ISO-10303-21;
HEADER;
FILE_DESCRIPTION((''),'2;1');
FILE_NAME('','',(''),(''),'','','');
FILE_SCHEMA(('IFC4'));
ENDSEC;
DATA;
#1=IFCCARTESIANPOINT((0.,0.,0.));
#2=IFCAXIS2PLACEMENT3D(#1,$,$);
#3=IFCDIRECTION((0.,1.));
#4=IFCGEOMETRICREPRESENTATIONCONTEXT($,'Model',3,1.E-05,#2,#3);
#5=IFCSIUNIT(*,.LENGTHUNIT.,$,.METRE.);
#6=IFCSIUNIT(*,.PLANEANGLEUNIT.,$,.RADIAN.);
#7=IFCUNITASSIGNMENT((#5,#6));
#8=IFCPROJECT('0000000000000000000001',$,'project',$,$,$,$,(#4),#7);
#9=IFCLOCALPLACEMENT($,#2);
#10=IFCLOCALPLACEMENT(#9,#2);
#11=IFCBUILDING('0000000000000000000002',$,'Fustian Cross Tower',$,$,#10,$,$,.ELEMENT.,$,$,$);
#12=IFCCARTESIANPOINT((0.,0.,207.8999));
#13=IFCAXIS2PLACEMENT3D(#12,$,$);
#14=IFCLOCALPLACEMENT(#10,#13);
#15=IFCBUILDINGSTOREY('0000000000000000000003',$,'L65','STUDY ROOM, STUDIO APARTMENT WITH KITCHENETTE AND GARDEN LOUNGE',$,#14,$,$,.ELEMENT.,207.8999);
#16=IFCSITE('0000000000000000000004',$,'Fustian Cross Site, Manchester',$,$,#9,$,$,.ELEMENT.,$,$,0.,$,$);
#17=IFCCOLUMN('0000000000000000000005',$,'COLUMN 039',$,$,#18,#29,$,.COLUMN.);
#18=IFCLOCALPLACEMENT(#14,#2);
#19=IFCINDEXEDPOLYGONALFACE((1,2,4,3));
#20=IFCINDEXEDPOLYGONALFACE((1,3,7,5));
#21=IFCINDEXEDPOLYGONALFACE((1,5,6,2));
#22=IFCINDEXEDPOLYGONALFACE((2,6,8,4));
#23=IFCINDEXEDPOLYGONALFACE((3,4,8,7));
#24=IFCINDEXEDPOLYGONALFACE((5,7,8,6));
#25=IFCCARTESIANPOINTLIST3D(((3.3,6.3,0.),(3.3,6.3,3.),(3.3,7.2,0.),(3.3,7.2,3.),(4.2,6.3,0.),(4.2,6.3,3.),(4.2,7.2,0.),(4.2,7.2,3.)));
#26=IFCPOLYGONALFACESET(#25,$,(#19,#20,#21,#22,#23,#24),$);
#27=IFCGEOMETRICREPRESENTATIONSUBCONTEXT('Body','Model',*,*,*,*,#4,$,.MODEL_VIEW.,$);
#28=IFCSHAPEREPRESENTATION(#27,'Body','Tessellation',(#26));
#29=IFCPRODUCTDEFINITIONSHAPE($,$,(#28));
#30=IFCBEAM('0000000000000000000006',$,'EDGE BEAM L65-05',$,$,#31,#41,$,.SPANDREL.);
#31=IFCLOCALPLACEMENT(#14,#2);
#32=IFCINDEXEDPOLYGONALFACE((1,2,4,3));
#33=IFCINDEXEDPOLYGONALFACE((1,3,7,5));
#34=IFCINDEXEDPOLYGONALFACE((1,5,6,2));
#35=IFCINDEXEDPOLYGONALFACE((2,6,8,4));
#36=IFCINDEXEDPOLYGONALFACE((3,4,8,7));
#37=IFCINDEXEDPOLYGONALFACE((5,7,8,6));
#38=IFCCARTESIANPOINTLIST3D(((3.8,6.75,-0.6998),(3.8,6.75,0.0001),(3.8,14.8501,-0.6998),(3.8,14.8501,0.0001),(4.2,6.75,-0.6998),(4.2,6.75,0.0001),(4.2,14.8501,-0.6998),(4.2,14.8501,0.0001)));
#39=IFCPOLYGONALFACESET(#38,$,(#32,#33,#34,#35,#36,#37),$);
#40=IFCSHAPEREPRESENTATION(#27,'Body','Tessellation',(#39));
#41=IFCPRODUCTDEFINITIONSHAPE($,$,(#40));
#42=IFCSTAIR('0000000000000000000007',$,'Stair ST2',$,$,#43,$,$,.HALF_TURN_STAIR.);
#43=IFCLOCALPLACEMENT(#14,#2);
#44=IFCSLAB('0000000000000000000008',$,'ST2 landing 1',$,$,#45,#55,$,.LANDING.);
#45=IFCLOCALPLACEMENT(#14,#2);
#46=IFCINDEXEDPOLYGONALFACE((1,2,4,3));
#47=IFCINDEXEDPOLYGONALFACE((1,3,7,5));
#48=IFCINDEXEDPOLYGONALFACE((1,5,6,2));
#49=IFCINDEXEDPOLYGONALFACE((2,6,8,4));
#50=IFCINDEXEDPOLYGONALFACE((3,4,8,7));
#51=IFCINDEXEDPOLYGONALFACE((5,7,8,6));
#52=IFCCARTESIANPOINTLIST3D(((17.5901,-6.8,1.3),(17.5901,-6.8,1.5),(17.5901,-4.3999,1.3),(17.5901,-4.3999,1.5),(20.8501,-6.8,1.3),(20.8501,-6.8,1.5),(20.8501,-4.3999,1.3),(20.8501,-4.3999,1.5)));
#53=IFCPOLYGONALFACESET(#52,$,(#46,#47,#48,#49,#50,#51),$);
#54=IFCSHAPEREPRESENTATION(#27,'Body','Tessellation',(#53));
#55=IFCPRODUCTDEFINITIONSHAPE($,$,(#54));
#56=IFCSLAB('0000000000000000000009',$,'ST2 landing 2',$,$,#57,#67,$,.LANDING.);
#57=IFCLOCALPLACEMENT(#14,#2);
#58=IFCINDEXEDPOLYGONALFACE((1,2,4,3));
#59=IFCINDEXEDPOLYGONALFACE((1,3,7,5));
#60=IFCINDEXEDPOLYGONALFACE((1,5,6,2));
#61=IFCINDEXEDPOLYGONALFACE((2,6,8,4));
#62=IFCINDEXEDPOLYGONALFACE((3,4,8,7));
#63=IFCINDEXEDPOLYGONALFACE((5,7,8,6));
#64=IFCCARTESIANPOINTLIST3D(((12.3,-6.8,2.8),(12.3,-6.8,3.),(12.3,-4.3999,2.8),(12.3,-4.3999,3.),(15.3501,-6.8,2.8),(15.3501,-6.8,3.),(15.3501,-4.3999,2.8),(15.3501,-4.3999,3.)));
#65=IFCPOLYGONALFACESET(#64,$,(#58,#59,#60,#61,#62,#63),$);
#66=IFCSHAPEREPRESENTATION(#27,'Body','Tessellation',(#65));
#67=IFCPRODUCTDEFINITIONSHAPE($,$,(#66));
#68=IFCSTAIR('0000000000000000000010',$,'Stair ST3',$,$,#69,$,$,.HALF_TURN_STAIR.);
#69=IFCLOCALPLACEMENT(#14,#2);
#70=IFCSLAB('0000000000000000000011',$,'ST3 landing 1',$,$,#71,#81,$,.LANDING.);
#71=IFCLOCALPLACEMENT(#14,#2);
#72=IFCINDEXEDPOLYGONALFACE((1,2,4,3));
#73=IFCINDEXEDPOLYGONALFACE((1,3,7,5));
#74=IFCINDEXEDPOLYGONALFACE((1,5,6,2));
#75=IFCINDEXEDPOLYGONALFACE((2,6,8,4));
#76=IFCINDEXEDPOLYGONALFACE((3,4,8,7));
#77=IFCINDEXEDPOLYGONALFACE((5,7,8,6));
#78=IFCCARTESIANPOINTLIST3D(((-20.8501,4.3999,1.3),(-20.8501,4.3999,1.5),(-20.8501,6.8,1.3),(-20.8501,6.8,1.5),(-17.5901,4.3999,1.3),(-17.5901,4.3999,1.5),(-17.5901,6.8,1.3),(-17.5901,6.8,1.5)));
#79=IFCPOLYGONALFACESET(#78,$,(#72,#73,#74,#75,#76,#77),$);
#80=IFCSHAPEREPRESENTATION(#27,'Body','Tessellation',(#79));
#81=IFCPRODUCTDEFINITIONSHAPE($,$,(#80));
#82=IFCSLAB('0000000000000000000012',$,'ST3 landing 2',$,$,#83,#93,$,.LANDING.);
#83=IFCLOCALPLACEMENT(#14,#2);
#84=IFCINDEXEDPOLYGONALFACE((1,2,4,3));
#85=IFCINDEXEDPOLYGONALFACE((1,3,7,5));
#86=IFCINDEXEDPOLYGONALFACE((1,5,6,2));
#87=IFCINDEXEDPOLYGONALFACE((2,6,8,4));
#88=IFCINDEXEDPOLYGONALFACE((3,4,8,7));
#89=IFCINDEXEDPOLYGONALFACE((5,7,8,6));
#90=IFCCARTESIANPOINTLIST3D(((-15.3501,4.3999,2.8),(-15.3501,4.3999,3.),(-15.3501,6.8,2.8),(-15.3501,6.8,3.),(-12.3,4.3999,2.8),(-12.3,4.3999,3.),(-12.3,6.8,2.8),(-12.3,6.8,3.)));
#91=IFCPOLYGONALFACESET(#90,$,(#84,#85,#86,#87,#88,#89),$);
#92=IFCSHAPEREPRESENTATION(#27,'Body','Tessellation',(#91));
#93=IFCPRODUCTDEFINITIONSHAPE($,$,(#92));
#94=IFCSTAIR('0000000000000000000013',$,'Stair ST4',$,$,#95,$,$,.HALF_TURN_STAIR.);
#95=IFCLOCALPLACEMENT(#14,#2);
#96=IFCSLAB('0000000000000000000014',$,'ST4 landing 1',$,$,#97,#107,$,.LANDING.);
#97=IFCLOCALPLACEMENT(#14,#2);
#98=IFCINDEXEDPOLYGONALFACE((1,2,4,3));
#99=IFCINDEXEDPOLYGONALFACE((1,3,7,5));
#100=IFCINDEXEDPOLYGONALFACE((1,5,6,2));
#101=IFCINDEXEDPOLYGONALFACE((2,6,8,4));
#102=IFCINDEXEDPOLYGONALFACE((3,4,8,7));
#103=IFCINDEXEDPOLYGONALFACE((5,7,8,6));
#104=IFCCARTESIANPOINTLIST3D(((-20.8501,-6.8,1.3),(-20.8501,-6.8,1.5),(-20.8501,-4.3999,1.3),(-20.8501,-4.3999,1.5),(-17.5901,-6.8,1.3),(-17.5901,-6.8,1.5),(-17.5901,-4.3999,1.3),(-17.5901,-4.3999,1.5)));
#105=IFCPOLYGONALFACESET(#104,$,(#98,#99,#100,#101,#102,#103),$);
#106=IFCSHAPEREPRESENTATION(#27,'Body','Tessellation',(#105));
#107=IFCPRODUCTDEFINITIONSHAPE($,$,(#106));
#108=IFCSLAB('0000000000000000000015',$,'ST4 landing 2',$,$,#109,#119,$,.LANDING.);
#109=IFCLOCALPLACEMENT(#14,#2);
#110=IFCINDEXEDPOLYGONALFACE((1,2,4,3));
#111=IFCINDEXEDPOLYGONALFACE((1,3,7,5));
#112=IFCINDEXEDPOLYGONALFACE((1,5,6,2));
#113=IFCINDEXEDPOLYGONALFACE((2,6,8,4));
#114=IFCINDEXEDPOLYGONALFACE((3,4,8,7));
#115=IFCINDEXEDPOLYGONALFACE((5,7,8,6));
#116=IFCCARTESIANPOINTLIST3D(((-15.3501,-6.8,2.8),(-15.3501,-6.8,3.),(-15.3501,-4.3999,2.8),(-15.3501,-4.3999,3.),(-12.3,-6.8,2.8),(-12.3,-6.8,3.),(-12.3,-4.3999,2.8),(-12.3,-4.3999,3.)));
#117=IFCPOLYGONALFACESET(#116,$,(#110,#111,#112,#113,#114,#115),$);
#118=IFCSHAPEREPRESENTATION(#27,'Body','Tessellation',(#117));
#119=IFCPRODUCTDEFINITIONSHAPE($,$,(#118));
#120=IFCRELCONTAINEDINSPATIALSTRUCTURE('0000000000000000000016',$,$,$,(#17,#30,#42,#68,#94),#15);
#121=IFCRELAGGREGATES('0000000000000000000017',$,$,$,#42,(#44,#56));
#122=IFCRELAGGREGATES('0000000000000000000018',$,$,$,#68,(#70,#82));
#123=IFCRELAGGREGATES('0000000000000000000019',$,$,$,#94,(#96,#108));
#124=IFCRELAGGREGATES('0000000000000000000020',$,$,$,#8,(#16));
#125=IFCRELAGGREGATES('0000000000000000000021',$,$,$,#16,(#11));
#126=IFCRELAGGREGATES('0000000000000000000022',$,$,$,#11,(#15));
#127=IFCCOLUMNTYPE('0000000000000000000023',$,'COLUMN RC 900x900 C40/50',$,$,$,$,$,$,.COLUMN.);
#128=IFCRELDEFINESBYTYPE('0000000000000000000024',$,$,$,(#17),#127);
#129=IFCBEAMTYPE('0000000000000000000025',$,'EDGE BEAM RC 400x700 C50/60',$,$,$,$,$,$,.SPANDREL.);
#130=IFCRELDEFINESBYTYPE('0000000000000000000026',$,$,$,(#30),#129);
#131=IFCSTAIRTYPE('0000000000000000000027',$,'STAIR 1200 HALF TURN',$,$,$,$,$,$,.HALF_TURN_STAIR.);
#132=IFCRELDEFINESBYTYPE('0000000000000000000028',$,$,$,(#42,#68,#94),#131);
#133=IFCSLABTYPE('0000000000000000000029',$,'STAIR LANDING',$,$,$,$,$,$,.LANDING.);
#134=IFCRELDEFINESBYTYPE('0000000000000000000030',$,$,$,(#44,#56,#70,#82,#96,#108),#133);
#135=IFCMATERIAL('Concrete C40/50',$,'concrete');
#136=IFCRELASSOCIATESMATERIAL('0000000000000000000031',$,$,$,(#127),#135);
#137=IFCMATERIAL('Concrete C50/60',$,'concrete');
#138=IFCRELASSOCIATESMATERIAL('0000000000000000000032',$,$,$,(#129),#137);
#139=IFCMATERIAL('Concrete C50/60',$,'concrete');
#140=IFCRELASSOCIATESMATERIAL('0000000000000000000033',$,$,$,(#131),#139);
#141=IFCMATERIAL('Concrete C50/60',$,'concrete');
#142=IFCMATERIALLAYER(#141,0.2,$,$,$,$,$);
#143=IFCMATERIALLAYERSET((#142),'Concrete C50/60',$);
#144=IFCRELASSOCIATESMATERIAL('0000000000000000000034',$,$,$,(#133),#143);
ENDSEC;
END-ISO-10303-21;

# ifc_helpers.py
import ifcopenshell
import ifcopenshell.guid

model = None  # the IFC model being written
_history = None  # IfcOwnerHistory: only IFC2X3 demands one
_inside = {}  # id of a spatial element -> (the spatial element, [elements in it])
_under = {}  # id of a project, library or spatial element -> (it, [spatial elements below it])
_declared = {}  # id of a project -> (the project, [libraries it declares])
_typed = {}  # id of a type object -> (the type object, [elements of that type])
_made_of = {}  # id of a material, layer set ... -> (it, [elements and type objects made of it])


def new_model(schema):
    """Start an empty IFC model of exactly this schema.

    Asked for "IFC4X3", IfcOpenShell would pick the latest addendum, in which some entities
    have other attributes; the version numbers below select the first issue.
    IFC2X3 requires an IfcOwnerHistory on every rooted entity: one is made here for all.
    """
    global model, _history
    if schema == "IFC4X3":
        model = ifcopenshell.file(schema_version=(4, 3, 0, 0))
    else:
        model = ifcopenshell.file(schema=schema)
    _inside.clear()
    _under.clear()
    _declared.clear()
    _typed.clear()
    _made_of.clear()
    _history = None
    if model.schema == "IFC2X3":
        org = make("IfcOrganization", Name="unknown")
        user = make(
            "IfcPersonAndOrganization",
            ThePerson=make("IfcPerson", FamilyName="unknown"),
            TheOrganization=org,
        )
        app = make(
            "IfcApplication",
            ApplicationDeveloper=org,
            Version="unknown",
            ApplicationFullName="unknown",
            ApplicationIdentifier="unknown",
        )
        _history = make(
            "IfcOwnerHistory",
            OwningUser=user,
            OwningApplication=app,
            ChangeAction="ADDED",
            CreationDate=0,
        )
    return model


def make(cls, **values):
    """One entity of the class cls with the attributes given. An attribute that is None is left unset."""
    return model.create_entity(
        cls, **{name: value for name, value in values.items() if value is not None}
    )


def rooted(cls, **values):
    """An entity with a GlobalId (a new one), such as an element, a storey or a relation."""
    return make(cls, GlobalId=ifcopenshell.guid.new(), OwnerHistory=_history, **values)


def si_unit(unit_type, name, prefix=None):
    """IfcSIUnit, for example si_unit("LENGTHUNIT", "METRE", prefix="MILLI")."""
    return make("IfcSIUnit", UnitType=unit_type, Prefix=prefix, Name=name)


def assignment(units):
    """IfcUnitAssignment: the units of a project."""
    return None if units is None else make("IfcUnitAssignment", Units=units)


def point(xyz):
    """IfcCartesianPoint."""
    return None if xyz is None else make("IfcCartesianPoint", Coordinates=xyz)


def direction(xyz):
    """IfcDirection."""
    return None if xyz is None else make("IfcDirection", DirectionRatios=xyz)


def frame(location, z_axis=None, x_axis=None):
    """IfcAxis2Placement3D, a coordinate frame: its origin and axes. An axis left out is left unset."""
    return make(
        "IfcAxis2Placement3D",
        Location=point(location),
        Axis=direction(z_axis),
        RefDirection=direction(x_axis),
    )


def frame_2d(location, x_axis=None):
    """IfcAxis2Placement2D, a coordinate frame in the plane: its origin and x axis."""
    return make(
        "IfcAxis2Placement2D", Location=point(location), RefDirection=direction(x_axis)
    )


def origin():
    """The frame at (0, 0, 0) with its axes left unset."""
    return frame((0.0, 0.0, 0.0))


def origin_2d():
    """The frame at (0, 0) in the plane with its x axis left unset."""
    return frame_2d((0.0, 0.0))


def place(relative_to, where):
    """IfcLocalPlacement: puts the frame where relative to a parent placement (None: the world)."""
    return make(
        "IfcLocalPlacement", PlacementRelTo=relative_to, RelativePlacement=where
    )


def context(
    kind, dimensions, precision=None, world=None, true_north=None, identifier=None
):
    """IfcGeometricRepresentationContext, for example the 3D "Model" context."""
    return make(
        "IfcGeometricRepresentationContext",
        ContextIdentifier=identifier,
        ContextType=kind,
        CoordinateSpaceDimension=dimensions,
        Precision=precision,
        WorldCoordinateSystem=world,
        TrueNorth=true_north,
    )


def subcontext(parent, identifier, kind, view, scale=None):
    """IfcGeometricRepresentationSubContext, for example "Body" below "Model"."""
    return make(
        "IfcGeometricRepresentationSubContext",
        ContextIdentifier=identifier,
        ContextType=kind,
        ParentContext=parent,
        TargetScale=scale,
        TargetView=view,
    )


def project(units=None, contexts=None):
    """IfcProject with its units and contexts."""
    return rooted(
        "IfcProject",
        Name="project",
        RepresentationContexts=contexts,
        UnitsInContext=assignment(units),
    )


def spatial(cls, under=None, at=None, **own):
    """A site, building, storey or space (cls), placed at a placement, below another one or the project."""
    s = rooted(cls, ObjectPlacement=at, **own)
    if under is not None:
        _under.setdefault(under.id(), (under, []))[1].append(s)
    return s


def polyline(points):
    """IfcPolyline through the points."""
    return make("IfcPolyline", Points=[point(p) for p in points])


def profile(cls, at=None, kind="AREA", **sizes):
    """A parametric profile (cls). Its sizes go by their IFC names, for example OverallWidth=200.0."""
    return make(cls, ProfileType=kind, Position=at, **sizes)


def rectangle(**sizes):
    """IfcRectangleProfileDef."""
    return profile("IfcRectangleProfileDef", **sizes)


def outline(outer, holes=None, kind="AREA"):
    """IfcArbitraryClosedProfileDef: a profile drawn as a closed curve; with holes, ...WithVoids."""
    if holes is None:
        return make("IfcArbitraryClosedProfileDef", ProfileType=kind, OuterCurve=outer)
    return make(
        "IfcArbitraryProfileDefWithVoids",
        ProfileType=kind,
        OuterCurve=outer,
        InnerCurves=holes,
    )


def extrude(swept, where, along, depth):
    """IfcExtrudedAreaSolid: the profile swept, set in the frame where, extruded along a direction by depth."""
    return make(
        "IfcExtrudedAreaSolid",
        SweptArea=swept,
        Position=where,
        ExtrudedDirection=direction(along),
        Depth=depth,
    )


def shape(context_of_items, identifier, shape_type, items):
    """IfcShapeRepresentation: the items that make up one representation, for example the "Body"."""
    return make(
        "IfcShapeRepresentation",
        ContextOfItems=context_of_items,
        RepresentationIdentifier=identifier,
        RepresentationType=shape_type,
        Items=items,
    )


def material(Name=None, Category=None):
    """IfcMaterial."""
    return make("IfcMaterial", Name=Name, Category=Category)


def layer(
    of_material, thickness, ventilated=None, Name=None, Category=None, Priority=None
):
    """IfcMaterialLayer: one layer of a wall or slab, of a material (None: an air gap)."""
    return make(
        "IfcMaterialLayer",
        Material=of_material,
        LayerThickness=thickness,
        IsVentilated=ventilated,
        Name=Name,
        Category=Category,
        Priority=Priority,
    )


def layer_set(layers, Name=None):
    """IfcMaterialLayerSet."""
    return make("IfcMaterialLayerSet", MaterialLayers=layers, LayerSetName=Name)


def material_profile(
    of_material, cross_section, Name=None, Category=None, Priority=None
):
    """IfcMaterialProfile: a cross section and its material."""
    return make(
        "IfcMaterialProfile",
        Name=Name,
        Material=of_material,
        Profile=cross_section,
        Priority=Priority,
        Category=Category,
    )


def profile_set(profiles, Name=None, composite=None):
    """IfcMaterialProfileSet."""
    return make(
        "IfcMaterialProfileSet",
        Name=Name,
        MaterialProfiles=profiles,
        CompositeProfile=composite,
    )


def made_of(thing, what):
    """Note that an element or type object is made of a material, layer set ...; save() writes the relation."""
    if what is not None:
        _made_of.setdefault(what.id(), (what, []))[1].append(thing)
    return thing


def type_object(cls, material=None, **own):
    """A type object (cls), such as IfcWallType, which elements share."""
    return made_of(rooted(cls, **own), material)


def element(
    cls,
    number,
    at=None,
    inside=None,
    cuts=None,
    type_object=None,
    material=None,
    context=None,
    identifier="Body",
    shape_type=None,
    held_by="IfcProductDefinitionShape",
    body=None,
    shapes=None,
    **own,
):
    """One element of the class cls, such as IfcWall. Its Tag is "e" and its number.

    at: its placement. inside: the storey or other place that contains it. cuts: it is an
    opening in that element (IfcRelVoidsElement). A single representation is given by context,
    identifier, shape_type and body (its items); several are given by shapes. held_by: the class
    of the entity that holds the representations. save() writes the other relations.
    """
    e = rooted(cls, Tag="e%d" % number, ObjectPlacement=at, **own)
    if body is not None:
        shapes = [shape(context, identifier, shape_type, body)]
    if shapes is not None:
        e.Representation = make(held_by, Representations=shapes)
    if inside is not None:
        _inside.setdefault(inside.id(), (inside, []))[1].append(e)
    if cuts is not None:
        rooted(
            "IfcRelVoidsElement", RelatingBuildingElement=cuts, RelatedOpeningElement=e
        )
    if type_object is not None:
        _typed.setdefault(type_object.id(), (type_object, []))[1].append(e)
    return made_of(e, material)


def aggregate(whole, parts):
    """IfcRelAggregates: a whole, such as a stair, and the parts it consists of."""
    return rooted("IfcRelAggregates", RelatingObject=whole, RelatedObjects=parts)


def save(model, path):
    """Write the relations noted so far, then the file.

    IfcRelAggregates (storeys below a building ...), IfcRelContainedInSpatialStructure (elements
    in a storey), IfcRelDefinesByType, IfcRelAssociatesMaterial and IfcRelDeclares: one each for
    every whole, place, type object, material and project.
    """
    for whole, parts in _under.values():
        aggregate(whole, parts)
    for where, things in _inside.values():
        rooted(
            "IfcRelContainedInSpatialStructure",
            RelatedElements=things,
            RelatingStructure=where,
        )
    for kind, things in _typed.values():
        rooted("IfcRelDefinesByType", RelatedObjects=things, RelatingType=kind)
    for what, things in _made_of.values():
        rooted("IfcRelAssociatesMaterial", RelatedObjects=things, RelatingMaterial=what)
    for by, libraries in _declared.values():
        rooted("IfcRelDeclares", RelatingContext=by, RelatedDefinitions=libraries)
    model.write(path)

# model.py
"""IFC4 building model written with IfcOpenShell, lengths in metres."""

from ifc_helpers import new_model, si_unit, direction, frame, origin, origin_2d, place, context, subcontext, project, spatial, polyline, rectangle, outline, extrude, material, layer, layer_set, material_profile, profile_set, type_object, element, aggregate, save


model = new_model("IFC4")

# Units and contexts
model_context = context("Model", 3, precision=1e-05, world=origin(), true_north=direction((0.0, 1.0)))
body_context = subcontext(model_context, "Body", "Model", "MODEL_VIEW")
ifc_project = project(units=[si_unit("LENGTHUNIT", "METRE"), si_unit("PLANEANGLEUNIT", "RADIAN")], contexts=[model_context])

# Site, building, storey
site_placement = place(None, origin())
site = spatial("IfcSite", under=ifc_project, at=site_placement, Name="Fustian Cross Site, Manchester", CompositionType="ELEMENT", RefElevation=0.0)
building_placement = place(site_placement, origin())
building = spatial("IfcBuilding", under=site, at=building_placement, Name="Fustian Cross Tower", CompositionType="ELEMENT")
storey_placement = place(building_placement, frame((0.0, 0.0, 207.8999)))
storey = spatial("IfcBuildingStorey", under=building, at=storey_placement, Name="L65", Description="STUDY ROOM, STUDIO APARTMENT WITH KITCHENETTE AND GARDEN LOUNGE", CompositionType="ELEMENT", Elevation=207.8999)

# Column
ifc_material_1 = material(Name="Concrete C40/50", Category="concrete")
ifc_material_profile_1 = material_profile(ifc_material_1, rectangle(XDim=0.8999, YDim=0.8999, at=origin_2d()), Name="RC 900x900")
ifc_profile_set_1 = profile_set([ifc_material_profile_1], Name="Concrete C40/50")
column_type = type_object("IfcColumnType", Name="COLUMN RC 900x900 C40/50", PredefinedType="COLUMN", material=ifc_profile_set_1)
column_placement = place(storey_placement, frame((3.75, 6.75, 0.0), z_axis=(0.0, 0.0, 1.0), x_axis=(1.0, 0.0, 0.0)))
element("IfcColumn", 1, at=column_placement, inside=storey, type_object=column_type, Name="COLUMN 039", PredefinedType="COLUMN", context=body_context, shape_type="SweptSolid", body=[
    extrude(rectangle(XDim=0.8999, YDim=0.8999, at=origin_2d()), origin(), (0.0, 0.0, 1.0), 3.0),
])

# Beam
ifc_material_2 = material(Name="Concrete C50/60", Category="concrete")
ifc_material_profile_2 = material_profile(ifc_material_2, rectangle(XDim=0.3999, YDim=0.7, at=origin_2d()), Name="RC 400x700")
ifc_profile_set_2 = profile_set([ifc_material_profile_2], Name="Concrete C50/60")
beam_type = type_object("IfcBeamType", Name="EDGE BEAM RC 400x700 C50/60", PredefinedType="SPANDREL", material=ifc_profile_set_2)
beam_placement = place(storey_placement, frame((4.0, 6.75, -0.3499), z_axis=(0.0, 1.0, 0.0), x_axis=(-1.0, 0.0, 0.0)))
element("IfcBeam", 2, at=beam_placement, inside=storey, type_object=beam_type, Name="EDGE BEAM L65-05", PredefinedType="SPANDREL", context=body_context, shape_type="SweptSolid", body=[
    extrude(rectangle(XDim=0.3999, YDim=0.7, at=origin_2d()), origin(), (0.0, 0.0, 1.0), 8.1001),
])

# Stairs, slabs
ifc_material_3 = material(Name="Concrete C50/60", Category="concrete")
stair_type = type_object("IfcStairType", Name="STAIR 1200 HALF TURN", PredefinedType="HALF_TURN_STAIR", material=ifc_material_3)
stair_1_placement = place(storey_placement, origin())
stair_1 = element("IfcStair", 3, at=stair_1_placement, inside=storey, type_object=stair_type, Name="Stair ST2", PredefinedType="HALF_TURN_STAIR")
ifc_material_4 = material(Name="Concrete C50/60", Category="concrete")
ifc_layer_1 = layer(ifc_material_4, 0.2)
ifc_layer_set_1 = layer_set([ifc_layer_1], Name="Concrete C50/60")
slab_type = type_object("IfcSlabType", Name="STAIR LANDING", PredefinedType="LANDING", material=ifc_layer_set_1)
slab_1_placement = place(storey_placement, frame((0.0, 0.0, 1.3)))
slab_1 = element("IfcSlab", 4, at=slab_1_placement, type_object=slab_type, Name="ST2 landing 1", PredefinedType="LANDING", context=body_context, shape_type="SweptSolid", body=[
    extrude(outline(polyline([(17.5901, -4.3999), (20.8501, -4.3999), (20.8501, -6.8), (17.5901, -6.8), (17.5901, -4.3999)])), origin(), (0.0, 0.0, 1.0), 0.2),
])
slab_2_placement = place(storey_placement, frame((0.0, 0.0, 2.8)))
slab_2 = element("IfcSlab", 5, at=slab_2_placement, type_object=slab_type, Name="ST2 landing 2", PredefinedType="LANDING", context=body_context, shape_type="SweptSolid", body=[
    extrude(outline(polyline([(12.3, -4.3999), (15.3501, -4.3999), (15.3501, -6.8), (12.3, -6.8), (12.3, -4.3999)])), origin(), (0.0, 0.0, 1.0), 0.2),
])
aggregate(stair_1, [slab_1, slab_2])
stair_2_placement = place(storey_placement, origin())
stair_2 = element("IfcStair", 6, at=stair_2_placement, inside=storey, type_object=stair_type, Name="Stair ST3", PredefinedType="HALF_TURN_STAIR")
slab_3_placement = place(storey_placement, frame((0.0, 0.0, 1.3)))
slab_3 = element("IfcSlab", 7, at=slab_3_placement, type_object=slab_type, Name="ST3 landing 1", PredefinedType="LANDING", context=body_context, shape_type="SweptSolid", body=[
    extrude(outline(polyline([(-17.5901, 4.3999), (-20.8501, 4.3999), (-20.8501, 6.8), (-17.5901, 6.8), (-17.5901, 4.3999)])), origin(), (0.0, 0.0, 1.0), 0.2),
])
slab_4_placement = place(storey_placement, frame((0.0, 0.0, 2.8)))
slab_4 = element("IfcSlab", 8, at=slab_4_placement, type_object=slab_type, Name="ST3 landing 2", PredefinedType="LANDING", context=body_context, shape_type="SweptSolid", body=[
    extrude(outline(polyline([(-12.3, 4.3999), (-15.3501, 4.3999), (-15.3501, 6.8), (-12.3, 6.8), (-12.3, 4.3999)])), origin(), (0.0, 0.0, 1.0), 0.2),
])
aggregate(stair_2, [slab_3, slab_4])
stair_3_placement = place(storey_placement, origin())
stair_3 = element("IfcStair", 9, at=stair_3_placement, inside=storey, type_object=stair_type, Name="Stair ST4", PredefinedType="HALF_TURN_STAIR")
slab_5_placement = place(storey_placement, frame((0.0, 0.0, 1.3)))
slab_5 = element("IfcSlab", 10, at=slab_5_placement, type_object=slab_type, Name="ST4 landing 1", PredefinedType="LANDING", context=body_context, shape_type="SweptSolid", body=[
    extrude(outline(polyline([(-17.5901, -4.3999), (-20.8501, -4.3999), (-20.8501, -6.8), (-17.5901, -6.8), (-17.5901, -4.3999)])), origin(), (0.0, 0.0, 1.0), 0.2),
])
slab_6_placement = place(storey_placement, frame((0.0, 0.0, 2.8)))
slab_6 = element("IfcSlab", 11, at=slab_6_placement, type_object=slab_type, Name="ST4 landing 2", PredefinedType="LANDING", context=body_context, shape_type="SweptSolid", body=[
    extrude(outline(polyline([(-12.3, -4.3999), (-15.3501, -4.3999), (-15.3501, -6.8), (-12.3, -6.8), (-12.3, -4.3999)])), origin(), (0.0, 0.0, 1.0), 0.2),
])
aggregate(stair_3, [slab_5, slab_6])

save(model, "model.ifc")
